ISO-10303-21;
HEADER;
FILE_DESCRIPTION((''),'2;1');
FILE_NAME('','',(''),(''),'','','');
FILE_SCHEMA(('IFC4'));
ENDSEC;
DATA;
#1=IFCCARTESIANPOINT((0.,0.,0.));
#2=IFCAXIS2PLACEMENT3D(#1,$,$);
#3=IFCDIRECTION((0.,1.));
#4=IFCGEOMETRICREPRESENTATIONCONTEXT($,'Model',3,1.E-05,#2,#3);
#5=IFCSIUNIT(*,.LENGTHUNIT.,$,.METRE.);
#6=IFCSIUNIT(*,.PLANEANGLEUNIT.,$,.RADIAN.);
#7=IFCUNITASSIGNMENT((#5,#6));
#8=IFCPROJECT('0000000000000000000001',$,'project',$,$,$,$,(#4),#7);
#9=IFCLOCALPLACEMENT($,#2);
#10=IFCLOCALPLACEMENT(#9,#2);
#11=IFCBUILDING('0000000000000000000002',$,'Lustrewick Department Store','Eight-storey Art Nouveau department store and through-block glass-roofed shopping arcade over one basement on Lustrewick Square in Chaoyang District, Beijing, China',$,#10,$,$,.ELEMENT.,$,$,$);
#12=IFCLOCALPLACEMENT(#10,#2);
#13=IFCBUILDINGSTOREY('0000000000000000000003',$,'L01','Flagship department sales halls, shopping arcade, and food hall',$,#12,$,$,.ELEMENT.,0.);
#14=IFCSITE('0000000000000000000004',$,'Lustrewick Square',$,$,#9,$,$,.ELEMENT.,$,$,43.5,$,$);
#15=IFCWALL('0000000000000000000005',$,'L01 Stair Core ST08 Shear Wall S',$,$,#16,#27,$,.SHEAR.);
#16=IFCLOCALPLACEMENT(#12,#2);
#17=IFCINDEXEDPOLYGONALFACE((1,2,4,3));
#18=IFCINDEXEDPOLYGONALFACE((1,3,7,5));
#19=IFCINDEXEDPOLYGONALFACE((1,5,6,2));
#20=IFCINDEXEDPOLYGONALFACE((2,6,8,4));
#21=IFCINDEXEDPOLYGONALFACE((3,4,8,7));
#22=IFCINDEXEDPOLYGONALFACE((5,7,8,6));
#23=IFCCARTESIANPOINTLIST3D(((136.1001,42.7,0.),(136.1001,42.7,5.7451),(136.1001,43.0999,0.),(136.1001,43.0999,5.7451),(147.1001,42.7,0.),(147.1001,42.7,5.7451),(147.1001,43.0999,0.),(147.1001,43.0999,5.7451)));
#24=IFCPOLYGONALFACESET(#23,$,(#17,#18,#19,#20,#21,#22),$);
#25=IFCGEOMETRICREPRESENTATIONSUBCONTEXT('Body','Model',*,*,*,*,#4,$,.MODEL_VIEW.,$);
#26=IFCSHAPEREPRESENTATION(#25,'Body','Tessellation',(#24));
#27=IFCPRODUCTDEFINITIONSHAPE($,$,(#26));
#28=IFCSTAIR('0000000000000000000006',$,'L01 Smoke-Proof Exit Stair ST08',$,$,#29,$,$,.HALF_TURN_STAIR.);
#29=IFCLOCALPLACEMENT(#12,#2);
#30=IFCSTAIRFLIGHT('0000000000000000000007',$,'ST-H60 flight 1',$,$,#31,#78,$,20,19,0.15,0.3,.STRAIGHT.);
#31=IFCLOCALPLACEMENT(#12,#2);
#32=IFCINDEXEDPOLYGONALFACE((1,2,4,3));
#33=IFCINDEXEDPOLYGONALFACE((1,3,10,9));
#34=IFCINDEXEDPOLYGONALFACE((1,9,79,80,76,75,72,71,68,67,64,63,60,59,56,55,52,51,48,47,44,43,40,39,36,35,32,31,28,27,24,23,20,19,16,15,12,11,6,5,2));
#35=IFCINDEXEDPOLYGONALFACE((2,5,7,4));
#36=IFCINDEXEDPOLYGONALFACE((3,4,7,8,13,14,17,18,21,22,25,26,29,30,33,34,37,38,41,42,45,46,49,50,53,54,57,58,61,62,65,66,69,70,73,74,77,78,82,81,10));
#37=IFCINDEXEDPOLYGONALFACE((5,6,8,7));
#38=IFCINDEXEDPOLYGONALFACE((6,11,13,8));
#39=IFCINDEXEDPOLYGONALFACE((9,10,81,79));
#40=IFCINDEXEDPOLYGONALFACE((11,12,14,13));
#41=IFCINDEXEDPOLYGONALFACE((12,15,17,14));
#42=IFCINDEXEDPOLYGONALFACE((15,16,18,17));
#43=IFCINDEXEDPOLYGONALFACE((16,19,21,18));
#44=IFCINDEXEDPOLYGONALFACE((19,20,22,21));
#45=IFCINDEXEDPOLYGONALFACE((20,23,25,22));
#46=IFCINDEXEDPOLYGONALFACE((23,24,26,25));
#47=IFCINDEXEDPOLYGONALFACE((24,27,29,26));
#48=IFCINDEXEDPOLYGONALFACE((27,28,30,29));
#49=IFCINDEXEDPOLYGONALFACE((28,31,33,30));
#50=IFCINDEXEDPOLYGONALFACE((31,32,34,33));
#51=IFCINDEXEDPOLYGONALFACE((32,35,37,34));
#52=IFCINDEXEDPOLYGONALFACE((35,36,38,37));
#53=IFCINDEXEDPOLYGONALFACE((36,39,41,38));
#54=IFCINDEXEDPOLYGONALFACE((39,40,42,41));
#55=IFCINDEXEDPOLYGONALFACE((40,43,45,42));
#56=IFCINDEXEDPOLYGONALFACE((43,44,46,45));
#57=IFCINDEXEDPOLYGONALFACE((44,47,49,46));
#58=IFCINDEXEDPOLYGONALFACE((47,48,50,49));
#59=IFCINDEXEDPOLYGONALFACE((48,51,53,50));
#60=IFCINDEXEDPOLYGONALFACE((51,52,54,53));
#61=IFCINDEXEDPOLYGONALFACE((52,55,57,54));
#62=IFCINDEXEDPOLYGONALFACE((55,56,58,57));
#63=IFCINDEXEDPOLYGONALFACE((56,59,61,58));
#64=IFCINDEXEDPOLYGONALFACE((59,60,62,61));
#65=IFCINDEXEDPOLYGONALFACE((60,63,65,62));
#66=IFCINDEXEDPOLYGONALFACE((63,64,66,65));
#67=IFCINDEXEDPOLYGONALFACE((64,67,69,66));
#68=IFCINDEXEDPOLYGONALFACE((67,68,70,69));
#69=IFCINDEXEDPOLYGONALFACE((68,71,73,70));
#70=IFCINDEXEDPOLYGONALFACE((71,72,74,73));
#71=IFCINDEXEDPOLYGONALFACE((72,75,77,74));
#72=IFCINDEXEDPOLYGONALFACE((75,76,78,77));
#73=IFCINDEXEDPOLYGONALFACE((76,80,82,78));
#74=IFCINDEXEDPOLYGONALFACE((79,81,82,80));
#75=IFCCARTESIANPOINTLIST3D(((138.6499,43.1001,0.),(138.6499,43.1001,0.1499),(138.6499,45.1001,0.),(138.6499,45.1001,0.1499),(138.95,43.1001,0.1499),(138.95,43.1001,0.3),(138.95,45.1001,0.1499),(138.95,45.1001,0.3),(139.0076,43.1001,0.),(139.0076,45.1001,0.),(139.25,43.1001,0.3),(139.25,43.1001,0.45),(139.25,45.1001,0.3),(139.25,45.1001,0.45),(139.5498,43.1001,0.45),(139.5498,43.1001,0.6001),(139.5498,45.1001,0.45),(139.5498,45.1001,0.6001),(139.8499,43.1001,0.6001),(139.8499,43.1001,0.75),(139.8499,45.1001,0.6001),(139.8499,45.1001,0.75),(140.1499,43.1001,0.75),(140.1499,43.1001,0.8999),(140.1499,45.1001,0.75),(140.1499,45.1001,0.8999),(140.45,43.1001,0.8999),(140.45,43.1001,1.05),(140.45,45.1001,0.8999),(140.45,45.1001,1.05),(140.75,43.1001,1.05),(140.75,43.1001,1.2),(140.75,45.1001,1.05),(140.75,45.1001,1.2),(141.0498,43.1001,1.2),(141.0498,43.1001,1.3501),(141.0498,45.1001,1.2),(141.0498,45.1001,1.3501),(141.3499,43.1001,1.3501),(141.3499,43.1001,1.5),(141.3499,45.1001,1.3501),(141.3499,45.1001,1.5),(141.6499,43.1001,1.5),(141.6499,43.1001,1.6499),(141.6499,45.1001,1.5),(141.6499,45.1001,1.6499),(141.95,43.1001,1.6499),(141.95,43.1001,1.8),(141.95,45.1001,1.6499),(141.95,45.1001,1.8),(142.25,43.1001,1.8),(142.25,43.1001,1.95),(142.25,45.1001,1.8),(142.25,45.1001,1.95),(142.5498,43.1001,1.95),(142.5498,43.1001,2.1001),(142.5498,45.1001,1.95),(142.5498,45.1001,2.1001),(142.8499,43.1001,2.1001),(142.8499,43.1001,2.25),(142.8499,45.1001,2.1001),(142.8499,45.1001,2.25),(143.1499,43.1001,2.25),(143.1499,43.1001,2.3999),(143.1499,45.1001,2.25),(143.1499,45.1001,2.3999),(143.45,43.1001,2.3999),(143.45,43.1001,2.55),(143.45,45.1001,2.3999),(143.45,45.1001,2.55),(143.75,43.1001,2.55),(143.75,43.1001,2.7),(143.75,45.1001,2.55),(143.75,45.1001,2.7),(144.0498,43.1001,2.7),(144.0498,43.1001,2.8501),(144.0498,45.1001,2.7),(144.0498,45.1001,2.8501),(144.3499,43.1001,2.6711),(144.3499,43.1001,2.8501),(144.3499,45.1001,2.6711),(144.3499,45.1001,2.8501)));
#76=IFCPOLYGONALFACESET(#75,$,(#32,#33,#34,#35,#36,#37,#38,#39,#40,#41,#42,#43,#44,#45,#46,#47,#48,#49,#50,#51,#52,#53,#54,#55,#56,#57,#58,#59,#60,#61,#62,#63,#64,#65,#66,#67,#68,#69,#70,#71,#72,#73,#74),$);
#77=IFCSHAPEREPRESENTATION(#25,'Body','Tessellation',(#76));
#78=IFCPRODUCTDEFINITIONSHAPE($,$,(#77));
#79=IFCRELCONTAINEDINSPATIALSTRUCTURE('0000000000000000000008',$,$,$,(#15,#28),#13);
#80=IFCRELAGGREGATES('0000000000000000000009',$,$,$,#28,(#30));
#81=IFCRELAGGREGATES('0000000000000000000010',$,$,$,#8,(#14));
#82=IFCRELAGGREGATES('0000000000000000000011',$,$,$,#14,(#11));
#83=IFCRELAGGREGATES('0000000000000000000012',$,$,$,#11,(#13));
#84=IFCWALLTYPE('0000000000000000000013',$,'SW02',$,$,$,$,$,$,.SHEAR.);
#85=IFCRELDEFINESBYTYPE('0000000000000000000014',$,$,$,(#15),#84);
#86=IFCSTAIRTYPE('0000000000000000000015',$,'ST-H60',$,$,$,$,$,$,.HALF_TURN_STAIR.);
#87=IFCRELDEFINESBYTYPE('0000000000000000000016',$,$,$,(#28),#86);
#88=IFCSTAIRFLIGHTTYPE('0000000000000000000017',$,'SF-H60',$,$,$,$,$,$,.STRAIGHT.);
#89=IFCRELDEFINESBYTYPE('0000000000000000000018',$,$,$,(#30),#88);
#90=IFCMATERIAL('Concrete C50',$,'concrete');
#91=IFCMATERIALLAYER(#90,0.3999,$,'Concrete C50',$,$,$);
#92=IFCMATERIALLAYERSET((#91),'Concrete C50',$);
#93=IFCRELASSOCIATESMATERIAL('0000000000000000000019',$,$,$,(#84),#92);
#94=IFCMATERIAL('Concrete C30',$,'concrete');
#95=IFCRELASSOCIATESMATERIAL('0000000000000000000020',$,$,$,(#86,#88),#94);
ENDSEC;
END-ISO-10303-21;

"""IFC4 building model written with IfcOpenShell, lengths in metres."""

from ifc_helpers import new_model, si_unit, direction, frame, frame_2d, origin, place, context, subcontext, project, spatial, polyline, rectangle, outline, extrude, material, layer, layer_set, type_object, element, aggregate, save


model = new_model("IFC4")

# Units and contexts
model_context = context("Model", 3, precision=1e-05, world=origin(), true_north=direction((0.0, 1.0)))
body_context = subcontext(model_context, "Body", "Model", "MODEL_VIEW")
ifc_project = project(units=[si_unit("LENGTHUNIT", "METRE"), si_unit("PLANEANGLEUNIT", "RADIAN")], contexts=[model_context])

# Site, building, storey
site_placement = place(None, origin())
site = spatial("IfcSite", under=ifc_project, at=site_placement, Name="Lustrewick Square", CompositionType="ELEMENT", RefElevation=43.5)
building_placement = place(site_placement, origin())
building = spatial("IfcBuilding", under=site, at=building_placement, Name="Lustrewick Department Store", Description="Eight-storey Art Nouveau department store and through-block glass-roofed shopping arcade over one basement on Lustrewick Square in Chaoyang District, Beijing, China", CompositionType="ELEMENT")
storey_placement = place(building_placement, origin())
storey = spatial("IfcBuildingStorey", under=building, at=storey_placement, Name="L01", Description="Flagship department sales halls, shopping arcade, and food hall", CompositionType="ELEMENT", Elevation=0.0)

# Wall
ifc_material_1 = material(Name="Concrete C50", Category="concrete")
ifc_layer_1 = layer(ifc_material_1, 0.3999, Name="Concrete C50")
ifc_layer_set_1 = layer_set([ifc_layer_1], Name="Concrete C50")
wall_type_1 = type_object("IfcWallType", Name="SW02", PredefinedType="SHEAR", material=ifc_layer_set_1)
wall_1_placement = place(storey_placement, frame((136.1001, 42.8999, 0.0), z_axis=(0.0, 0.0, 1.0), x_axis=(1.0, 0.0, 0.0)))
element("IfcWall", 1, at=wall_1_placement, inside=storey, type_object=wall_type_1, Name="L01 Stair Core ST08 Shear Wall S", PredefinedType="SHEAR", context=body_context, shape_type="SweptSolid", body=[
    extrude(rectangle(XDim=11.0, YDim=0.3999, at=frame_2d((5.5, 0.0))), origin(), (0.0, 0.0, 1.0), 5.7451),
])

# Stair, stair flight
ifc_material_2 = material(Name="Concrete C30", Category="concrete")
stair_type = type_object("IfcStairType", Name="ST-H60", PredefinedType="HALF_TURN_STAIR", material=ifc_material_2)
stair_placement = place(storey_placement, origin())
stair = element("IfcStair", 2, at=stair_placement, inside=storey, type_object=stair_type, Name="L01 Smoke-Proof Exit Stair ST08", PredefinedType="HALF_TURN_STAIR")
stair_flight_type = type_object("IfcStairFlightType", Name="SF-H60", PredefinedType="STRAIGHT", material=ifc_material_2)
stair_flight_placement = place(storey_placement, frame((138.6499, 44.1001, 0.0), z_axis=(0.0, 0.0, 1.0), x_axis=(1.0, 0.0, 0.0)))
stair_flight = element("IfcStairFlight", 3, at=stair_flight_placement, type_object=stair_flight_type, Name="ST-H60 flight 1", NumberOfRisers=20, NumberOfTreads=19, PredefinedType="STRAIGHT", RiserHeight=0.15, TreadLength=0.3, context=body_context, shape_type="SweptSolid", body=[
    extrude(outline(polyline([(0.0, 0.0), (0.0, 0.1499), (0.3, 0.1499), (0.3, 0.3), (0.6001, 0.3), (0.6001, 0.45), (0.8999, 0.45), (0.8999, 0.6001), (1.2, 0.6001), (1.2, 0.75), (1.5, 0.75), (1.5, 0.8999), (1.8, 0.8999), (1.8, 1.05), (2.1001, 1.05), (2.1001, 1.2), (2.3999, 1.2), (2.3999, 1.3501), (2.7, 1.3501), (2.7, 1.5), (3.0, 1.5), (3.0, 1.6499), (3.3, 1.6499), (3.3, 1.8), (3.6001, 1.8), (3.6001, 1.95), (3.8999, 1.95), (3.8999, 2.1001), (4.2, 2.1001), (4.2, 2.25), (4.5, 2.25), (4.5, 2.3999), (4.8, 2.3999), (4.8, 2.55), (5.1001, 2.55), (5.1001, 2.7), (5.3999, 2.7), (5.3999, 2.8501), (5.7, 2.8501), (5.7, 3.0), (5.7, 2.6711), (0.3577, 0.0), (0.0, 0.0)])), frame((0.0, 1.0, 0.0), z_axis=(0.0, -1.0, 0.0), x_axis=(1.0, 0.0, 0.0)), (0.0, 0.0, 1.0), 2.0),
])
aggregate(stair, [stair_flight])

save(model, "model.ifc")
